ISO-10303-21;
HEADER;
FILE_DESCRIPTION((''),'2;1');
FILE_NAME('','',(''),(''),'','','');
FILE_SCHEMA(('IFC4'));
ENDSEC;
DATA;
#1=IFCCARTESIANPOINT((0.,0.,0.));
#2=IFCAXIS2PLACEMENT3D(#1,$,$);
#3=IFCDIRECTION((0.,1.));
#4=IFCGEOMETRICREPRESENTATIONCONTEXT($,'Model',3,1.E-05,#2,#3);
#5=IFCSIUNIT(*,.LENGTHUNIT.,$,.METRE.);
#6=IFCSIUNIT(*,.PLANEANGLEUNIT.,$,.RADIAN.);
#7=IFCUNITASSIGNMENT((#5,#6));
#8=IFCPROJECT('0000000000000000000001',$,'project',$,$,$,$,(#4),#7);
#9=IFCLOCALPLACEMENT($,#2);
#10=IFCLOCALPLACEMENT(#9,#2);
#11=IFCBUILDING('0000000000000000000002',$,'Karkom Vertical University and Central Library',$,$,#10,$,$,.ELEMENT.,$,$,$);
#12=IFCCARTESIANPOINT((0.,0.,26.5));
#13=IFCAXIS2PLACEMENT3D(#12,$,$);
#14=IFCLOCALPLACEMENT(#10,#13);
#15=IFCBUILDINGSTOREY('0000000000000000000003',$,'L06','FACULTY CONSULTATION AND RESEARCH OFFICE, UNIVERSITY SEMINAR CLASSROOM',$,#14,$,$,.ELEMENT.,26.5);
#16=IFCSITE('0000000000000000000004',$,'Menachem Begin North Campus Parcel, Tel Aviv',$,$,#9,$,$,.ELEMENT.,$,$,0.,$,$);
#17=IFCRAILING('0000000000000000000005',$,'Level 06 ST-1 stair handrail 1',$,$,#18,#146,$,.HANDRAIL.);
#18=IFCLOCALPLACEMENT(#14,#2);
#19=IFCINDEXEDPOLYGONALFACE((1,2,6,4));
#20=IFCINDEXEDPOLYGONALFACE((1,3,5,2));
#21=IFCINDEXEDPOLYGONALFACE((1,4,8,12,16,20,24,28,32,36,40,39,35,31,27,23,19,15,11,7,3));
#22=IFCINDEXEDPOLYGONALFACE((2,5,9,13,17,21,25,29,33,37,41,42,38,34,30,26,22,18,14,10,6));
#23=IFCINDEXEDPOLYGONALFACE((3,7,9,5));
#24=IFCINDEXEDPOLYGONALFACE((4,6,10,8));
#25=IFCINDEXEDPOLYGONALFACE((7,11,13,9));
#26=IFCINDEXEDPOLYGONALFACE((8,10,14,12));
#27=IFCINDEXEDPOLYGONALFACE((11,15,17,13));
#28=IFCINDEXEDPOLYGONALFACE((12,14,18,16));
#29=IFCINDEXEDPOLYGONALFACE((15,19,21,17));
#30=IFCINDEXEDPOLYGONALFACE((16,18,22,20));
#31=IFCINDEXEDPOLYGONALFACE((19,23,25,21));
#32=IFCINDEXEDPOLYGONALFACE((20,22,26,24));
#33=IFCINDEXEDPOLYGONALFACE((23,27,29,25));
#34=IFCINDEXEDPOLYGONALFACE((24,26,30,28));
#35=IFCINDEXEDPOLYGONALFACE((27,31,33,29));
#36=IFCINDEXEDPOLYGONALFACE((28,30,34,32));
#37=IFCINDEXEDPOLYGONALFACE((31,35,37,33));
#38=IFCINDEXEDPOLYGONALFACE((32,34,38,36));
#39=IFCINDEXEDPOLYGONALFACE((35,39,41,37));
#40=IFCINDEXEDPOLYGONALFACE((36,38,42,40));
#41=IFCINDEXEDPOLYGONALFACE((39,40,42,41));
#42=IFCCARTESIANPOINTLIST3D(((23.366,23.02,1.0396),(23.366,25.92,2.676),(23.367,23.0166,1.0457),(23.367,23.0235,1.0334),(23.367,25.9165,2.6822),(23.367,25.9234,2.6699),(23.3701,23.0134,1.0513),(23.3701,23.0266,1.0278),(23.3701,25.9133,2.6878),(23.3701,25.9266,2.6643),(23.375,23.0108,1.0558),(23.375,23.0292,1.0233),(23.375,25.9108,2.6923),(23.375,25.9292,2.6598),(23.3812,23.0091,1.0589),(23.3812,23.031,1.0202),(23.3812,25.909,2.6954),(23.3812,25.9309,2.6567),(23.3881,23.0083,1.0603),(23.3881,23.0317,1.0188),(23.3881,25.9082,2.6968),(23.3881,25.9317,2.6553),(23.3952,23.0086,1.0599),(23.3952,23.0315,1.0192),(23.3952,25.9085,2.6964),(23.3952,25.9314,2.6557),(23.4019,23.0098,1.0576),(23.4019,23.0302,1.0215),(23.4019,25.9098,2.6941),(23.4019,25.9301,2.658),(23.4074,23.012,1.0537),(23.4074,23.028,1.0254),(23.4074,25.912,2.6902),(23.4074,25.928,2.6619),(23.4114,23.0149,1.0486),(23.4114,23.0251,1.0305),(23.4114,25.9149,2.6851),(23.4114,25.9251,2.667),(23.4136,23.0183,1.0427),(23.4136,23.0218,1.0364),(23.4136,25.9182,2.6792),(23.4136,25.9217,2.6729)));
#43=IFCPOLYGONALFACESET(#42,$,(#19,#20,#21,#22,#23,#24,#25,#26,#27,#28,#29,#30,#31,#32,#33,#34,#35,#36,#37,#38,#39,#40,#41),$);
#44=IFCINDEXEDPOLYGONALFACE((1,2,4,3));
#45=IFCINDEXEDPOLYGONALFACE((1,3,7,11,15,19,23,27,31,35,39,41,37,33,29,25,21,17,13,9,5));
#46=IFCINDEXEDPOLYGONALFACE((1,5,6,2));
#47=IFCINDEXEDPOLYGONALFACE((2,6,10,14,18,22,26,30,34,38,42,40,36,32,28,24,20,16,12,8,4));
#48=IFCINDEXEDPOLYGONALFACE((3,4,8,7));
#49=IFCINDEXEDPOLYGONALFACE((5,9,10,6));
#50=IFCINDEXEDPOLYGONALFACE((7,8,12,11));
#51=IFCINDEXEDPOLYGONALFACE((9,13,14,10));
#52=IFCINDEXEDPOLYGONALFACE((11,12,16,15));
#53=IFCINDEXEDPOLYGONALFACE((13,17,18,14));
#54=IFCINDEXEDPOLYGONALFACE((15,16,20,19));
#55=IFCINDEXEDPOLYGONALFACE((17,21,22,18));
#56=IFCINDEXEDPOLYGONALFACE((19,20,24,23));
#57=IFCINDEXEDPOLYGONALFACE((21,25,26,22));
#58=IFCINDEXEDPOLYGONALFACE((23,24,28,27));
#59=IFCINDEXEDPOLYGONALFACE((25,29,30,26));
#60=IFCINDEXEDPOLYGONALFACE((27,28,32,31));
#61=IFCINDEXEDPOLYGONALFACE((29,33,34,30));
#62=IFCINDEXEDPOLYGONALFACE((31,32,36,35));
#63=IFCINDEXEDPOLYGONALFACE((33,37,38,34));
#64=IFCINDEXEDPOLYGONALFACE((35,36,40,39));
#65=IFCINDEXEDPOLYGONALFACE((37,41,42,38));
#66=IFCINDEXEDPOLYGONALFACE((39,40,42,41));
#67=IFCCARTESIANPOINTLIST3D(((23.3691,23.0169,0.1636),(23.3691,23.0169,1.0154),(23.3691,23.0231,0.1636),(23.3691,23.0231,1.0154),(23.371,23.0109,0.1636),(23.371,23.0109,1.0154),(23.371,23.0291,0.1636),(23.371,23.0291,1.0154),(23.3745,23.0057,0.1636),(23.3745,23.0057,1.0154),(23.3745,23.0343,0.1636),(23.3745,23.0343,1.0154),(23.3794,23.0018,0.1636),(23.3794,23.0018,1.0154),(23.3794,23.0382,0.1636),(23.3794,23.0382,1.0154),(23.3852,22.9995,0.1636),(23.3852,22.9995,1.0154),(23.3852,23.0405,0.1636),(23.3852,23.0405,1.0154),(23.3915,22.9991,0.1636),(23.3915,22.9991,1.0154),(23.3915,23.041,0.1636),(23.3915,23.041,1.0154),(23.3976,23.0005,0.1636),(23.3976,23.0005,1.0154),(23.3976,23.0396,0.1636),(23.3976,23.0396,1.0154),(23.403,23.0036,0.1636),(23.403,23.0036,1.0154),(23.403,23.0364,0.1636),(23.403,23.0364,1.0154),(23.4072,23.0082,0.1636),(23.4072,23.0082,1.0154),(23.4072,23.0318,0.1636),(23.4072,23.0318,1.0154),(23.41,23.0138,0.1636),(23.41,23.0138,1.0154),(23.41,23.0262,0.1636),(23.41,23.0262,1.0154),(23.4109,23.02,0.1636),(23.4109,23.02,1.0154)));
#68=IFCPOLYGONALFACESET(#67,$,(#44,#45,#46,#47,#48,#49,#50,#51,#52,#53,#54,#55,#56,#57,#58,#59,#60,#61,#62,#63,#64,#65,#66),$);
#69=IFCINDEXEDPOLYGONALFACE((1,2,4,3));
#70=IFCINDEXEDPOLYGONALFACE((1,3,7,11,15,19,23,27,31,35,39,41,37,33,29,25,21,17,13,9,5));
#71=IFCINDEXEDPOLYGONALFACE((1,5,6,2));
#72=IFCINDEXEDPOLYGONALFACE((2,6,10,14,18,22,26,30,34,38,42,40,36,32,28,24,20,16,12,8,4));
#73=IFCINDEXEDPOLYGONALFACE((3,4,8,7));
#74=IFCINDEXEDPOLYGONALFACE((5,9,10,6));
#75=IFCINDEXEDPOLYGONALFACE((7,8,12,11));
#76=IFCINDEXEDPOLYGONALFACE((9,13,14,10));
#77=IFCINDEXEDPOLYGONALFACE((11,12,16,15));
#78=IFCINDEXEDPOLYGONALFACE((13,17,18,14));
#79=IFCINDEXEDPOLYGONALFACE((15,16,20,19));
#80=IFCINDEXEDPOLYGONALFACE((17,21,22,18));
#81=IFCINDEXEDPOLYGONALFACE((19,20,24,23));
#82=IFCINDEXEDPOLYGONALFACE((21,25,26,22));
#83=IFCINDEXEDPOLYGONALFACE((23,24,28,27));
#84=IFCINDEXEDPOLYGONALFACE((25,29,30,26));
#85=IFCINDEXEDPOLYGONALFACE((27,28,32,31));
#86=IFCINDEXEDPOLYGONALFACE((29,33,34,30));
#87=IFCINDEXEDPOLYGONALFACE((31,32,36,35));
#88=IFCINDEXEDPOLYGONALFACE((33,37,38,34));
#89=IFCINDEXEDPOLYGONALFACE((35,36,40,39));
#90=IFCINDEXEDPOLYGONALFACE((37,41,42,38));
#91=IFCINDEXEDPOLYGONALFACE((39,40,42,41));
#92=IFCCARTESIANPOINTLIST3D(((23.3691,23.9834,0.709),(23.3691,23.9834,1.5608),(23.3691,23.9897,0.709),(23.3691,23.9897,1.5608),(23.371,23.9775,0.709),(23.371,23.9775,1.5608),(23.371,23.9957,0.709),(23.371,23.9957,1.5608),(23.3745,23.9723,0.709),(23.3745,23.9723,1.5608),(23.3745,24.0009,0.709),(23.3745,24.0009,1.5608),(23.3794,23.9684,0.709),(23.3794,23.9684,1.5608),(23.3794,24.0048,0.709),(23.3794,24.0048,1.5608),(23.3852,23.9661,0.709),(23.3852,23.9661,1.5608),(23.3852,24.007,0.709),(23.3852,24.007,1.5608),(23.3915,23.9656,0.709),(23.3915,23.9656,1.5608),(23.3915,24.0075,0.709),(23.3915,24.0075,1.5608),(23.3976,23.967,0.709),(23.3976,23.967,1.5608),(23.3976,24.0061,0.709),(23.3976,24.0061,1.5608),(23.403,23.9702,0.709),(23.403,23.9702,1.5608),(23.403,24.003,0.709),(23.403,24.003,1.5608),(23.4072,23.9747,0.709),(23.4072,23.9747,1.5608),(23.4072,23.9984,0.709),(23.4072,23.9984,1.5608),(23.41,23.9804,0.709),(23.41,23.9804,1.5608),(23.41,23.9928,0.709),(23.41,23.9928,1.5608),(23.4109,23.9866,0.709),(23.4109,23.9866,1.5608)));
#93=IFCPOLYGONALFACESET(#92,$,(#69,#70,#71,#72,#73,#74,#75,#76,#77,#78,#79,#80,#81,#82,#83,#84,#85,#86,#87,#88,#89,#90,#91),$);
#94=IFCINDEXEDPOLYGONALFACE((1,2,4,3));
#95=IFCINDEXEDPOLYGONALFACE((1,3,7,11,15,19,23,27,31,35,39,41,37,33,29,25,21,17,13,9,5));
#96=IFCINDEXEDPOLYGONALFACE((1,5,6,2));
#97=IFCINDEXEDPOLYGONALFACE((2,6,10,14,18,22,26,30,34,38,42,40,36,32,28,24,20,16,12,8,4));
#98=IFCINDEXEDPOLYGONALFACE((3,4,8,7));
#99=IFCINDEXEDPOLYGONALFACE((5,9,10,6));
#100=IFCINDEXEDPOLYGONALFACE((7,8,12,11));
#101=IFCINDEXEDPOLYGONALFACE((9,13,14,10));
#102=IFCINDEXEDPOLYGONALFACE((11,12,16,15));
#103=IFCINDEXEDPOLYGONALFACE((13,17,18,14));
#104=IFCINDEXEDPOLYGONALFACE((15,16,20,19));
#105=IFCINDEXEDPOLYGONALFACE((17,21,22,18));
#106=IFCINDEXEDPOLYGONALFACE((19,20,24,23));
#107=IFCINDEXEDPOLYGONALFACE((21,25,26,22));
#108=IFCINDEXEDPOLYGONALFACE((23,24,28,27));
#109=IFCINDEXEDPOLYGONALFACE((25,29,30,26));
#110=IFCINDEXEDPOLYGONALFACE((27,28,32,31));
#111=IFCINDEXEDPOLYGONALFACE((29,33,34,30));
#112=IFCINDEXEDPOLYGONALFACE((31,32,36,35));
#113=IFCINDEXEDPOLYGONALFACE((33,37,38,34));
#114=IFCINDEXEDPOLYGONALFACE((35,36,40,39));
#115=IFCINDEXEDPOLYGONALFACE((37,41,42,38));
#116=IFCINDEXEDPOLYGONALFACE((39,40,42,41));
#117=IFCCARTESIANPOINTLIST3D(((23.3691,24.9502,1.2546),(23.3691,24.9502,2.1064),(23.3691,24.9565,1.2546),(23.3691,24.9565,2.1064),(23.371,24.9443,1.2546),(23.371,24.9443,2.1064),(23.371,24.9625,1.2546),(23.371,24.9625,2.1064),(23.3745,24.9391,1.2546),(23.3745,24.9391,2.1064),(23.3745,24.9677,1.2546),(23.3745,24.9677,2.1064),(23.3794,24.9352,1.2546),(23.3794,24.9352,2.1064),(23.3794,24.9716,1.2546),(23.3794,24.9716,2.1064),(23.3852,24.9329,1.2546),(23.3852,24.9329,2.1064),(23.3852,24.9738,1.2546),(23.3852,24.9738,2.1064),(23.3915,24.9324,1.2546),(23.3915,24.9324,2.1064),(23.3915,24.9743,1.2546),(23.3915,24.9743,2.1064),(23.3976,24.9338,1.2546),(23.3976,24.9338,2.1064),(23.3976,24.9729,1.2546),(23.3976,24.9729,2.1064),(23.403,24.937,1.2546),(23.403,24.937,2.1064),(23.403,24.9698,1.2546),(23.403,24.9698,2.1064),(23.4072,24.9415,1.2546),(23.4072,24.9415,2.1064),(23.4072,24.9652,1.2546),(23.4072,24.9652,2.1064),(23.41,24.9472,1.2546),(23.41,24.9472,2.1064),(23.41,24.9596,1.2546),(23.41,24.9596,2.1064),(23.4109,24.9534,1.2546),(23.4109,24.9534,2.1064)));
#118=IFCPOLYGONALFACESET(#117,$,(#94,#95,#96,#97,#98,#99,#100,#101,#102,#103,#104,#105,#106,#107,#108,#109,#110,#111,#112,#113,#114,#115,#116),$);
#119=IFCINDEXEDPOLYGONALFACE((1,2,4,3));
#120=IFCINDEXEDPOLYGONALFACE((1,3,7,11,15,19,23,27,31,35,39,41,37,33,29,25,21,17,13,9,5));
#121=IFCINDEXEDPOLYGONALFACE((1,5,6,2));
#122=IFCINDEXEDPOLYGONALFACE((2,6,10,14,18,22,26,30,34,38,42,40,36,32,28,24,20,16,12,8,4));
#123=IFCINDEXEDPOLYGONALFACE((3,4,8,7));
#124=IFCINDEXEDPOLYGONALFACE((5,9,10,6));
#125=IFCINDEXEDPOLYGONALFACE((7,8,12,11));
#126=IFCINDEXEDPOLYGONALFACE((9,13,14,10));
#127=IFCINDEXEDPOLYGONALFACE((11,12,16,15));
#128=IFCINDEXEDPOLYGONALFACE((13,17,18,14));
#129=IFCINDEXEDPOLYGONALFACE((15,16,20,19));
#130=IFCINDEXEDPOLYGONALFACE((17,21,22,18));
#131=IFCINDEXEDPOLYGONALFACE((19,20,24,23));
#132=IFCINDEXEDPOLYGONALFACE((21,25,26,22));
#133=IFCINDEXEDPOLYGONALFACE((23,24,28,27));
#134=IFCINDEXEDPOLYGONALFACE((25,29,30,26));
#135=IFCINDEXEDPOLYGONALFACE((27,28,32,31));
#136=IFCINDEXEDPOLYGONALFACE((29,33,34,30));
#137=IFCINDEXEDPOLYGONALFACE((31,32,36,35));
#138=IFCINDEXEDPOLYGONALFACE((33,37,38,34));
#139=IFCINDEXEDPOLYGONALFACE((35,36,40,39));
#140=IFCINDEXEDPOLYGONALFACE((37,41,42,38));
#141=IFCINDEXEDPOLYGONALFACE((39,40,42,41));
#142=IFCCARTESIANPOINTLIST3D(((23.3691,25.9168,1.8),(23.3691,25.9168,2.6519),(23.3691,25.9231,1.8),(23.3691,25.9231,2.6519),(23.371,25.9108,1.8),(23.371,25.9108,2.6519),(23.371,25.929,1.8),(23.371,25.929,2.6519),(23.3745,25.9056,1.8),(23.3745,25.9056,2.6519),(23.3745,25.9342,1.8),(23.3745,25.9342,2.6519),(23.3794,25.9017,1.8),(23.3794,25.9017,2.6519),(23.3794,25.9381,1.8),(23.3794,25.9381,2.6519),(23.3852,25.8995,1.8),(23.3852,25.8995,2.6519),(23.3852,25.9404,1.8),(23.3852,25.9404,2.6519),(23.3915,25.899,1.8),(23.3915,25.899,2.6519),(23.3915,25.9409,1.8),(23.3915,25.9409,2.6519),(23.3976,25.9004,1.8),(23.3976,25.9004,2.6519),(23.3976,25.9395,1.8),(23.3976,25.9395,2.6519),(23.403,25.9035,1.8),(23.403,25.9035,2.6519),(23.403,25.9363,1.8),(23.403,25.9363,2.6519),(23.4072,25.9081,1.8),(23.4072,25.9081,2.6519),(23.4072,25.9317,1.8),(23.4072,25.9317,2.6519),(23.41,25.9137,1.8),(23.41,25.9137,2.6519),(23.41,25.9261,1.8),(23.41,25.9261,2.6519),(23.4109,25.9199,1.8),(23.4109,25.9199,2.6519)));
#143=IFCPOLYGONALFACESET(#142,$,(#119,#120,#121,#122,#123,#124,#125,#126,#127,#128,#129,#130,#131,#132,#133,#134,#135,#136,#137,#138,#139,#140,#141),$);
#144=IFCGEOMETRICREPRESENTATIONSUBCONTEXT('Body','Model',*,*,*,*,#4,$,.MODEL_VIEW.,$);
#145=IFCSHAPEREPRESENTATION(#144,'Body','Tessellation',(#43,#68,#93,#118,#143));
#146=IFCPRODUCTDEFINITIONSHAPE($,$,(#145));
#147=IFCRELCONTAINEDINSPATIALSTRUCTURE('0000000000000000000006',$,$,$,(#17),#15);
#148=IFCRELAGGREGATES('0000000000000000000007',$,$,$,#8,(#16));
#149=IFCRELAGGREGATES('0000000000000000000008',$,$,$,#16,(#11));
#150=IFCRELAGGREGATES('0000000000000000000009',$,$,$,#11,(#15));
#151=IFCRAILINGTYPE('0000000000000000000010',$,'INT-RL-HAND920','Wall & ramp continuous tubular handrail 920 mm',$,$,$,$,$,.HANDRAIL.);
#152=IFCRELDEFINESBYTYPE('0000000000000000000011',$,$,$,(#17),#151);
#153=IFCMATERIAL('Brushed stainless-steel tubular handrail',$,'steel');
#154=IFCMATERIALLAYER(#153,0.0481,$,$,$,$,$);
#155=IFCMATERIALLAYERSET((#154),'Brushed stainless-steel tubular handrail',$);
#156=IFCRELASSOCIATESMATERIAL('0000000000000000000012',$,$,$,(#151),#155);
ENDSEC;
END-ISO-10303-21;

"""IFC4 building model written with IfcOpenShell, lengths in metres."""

from ifc_helpers import new_model, si_unit, direction, frame, origin, origin_2d, place, context, subcontext, project, spatial, circle, extrude, material, layer, layer_set, type_object, element, save


model = new_model("IFC4")

# Units and contexts
model_context = context("Model", 3, precision=1e-05, world=origin(), true_north=direction((0.0, 1.0)))
body_context = subcontext(model_context, "Body", "Model", "MODEL_VIEW")
ifc_project = project(units=[si_unit("LENGTHUNIT", "METRE"), si_unit("PLANEANGLEUNIT", "RADIAN")], contexts=[model_context])

# Site, building, storey
site_placement = place(None, origin())
site = spatial("IfcSite", under=ifc_project, at=site_placement, Name="Menachem Begin North Campus Parcel, Tel Aviv", CompositionType="ELEMENT", RefElevation=0.0)
building_placement = place(site_placement, origin())
building = spatial("IfcBuilding", under=site, at=building_placement, Name="Karkom Vertical University and Central Library", CompositionType="ELEMENT")
storey_placement = place(building_placement, frame((0.0, 0.0, 26.5)))
storey = spatial("IfcBuildingStorey", under=building, at=storey_placement, Name="L06", Description="FACULTY CONSULTATION AND RESEARCH OFFICE, UNIVERSITY SEMINAR CLASSROOM", CompositionType="ELEMENT", Elevation=26.5)

# Railing
ifc_material_1 = material(Name="Brushed stainless-steel tubular handrail", Category="steel")
ifc_layer_1 = layer(ifc_material_1, 0.0481)
ifc_layer_set_1 = layer_set([ifc_layer_1], Name="Brushed stainless-steel tubular handrail")
railing_type_1 = type_object("IfcRailingType", Name="INT-RL-HAND920", Description="Wall & ramp continuous tubular handrail 920 mm", PredefinedType="HANDRAIL", material=ifc_layer_set_1)
railing_1_placement = place(storey_placement, frame((23.3899, 23.02, 0.1636)))
element("IfcRailing", 1, at=railing_1_placement, inside=storey, type_object=railing_type_1, Name="Level 06 ST-1 stair handrail 1", PredefinedType="HANDRAIL", context=body_context, shape_type="SweptSolid", body=[
    extrude(circle(Radius=0.0239, at=origin_2d()), frame((0.0, 0.0, 0.876), z_axis=(0.0, 0.870897, 0.491465), x_axis=(-1.0, 0.0, 0.0)), (0.0, 0.0, 1.0), 3.3298),
    extrude(circle(Radius=0.021, at=origin_2d()), origin(), (0.0, 0.0, 1.0), 0.8518),
    extrude(circle(Radius=0.021, at=origin_2d()), frame((0.0, 0.9666, 0.5454)), (0.0, 0.0, 1.0), 0.8518),
    extrude(circle(Radius=0.021, at=origin_2d()), frame((0.0, 1.9333, 1.0911)), (0.0, 0.0, 1.0), 0.8518),
    extrude(circle(Radius=0.021, at=origin_2d()), frame((0.0, 2.8999, 1.6365)), (0.0, 0.0, 1.0), 0.8518),
])

save(model, "model.ifc")
